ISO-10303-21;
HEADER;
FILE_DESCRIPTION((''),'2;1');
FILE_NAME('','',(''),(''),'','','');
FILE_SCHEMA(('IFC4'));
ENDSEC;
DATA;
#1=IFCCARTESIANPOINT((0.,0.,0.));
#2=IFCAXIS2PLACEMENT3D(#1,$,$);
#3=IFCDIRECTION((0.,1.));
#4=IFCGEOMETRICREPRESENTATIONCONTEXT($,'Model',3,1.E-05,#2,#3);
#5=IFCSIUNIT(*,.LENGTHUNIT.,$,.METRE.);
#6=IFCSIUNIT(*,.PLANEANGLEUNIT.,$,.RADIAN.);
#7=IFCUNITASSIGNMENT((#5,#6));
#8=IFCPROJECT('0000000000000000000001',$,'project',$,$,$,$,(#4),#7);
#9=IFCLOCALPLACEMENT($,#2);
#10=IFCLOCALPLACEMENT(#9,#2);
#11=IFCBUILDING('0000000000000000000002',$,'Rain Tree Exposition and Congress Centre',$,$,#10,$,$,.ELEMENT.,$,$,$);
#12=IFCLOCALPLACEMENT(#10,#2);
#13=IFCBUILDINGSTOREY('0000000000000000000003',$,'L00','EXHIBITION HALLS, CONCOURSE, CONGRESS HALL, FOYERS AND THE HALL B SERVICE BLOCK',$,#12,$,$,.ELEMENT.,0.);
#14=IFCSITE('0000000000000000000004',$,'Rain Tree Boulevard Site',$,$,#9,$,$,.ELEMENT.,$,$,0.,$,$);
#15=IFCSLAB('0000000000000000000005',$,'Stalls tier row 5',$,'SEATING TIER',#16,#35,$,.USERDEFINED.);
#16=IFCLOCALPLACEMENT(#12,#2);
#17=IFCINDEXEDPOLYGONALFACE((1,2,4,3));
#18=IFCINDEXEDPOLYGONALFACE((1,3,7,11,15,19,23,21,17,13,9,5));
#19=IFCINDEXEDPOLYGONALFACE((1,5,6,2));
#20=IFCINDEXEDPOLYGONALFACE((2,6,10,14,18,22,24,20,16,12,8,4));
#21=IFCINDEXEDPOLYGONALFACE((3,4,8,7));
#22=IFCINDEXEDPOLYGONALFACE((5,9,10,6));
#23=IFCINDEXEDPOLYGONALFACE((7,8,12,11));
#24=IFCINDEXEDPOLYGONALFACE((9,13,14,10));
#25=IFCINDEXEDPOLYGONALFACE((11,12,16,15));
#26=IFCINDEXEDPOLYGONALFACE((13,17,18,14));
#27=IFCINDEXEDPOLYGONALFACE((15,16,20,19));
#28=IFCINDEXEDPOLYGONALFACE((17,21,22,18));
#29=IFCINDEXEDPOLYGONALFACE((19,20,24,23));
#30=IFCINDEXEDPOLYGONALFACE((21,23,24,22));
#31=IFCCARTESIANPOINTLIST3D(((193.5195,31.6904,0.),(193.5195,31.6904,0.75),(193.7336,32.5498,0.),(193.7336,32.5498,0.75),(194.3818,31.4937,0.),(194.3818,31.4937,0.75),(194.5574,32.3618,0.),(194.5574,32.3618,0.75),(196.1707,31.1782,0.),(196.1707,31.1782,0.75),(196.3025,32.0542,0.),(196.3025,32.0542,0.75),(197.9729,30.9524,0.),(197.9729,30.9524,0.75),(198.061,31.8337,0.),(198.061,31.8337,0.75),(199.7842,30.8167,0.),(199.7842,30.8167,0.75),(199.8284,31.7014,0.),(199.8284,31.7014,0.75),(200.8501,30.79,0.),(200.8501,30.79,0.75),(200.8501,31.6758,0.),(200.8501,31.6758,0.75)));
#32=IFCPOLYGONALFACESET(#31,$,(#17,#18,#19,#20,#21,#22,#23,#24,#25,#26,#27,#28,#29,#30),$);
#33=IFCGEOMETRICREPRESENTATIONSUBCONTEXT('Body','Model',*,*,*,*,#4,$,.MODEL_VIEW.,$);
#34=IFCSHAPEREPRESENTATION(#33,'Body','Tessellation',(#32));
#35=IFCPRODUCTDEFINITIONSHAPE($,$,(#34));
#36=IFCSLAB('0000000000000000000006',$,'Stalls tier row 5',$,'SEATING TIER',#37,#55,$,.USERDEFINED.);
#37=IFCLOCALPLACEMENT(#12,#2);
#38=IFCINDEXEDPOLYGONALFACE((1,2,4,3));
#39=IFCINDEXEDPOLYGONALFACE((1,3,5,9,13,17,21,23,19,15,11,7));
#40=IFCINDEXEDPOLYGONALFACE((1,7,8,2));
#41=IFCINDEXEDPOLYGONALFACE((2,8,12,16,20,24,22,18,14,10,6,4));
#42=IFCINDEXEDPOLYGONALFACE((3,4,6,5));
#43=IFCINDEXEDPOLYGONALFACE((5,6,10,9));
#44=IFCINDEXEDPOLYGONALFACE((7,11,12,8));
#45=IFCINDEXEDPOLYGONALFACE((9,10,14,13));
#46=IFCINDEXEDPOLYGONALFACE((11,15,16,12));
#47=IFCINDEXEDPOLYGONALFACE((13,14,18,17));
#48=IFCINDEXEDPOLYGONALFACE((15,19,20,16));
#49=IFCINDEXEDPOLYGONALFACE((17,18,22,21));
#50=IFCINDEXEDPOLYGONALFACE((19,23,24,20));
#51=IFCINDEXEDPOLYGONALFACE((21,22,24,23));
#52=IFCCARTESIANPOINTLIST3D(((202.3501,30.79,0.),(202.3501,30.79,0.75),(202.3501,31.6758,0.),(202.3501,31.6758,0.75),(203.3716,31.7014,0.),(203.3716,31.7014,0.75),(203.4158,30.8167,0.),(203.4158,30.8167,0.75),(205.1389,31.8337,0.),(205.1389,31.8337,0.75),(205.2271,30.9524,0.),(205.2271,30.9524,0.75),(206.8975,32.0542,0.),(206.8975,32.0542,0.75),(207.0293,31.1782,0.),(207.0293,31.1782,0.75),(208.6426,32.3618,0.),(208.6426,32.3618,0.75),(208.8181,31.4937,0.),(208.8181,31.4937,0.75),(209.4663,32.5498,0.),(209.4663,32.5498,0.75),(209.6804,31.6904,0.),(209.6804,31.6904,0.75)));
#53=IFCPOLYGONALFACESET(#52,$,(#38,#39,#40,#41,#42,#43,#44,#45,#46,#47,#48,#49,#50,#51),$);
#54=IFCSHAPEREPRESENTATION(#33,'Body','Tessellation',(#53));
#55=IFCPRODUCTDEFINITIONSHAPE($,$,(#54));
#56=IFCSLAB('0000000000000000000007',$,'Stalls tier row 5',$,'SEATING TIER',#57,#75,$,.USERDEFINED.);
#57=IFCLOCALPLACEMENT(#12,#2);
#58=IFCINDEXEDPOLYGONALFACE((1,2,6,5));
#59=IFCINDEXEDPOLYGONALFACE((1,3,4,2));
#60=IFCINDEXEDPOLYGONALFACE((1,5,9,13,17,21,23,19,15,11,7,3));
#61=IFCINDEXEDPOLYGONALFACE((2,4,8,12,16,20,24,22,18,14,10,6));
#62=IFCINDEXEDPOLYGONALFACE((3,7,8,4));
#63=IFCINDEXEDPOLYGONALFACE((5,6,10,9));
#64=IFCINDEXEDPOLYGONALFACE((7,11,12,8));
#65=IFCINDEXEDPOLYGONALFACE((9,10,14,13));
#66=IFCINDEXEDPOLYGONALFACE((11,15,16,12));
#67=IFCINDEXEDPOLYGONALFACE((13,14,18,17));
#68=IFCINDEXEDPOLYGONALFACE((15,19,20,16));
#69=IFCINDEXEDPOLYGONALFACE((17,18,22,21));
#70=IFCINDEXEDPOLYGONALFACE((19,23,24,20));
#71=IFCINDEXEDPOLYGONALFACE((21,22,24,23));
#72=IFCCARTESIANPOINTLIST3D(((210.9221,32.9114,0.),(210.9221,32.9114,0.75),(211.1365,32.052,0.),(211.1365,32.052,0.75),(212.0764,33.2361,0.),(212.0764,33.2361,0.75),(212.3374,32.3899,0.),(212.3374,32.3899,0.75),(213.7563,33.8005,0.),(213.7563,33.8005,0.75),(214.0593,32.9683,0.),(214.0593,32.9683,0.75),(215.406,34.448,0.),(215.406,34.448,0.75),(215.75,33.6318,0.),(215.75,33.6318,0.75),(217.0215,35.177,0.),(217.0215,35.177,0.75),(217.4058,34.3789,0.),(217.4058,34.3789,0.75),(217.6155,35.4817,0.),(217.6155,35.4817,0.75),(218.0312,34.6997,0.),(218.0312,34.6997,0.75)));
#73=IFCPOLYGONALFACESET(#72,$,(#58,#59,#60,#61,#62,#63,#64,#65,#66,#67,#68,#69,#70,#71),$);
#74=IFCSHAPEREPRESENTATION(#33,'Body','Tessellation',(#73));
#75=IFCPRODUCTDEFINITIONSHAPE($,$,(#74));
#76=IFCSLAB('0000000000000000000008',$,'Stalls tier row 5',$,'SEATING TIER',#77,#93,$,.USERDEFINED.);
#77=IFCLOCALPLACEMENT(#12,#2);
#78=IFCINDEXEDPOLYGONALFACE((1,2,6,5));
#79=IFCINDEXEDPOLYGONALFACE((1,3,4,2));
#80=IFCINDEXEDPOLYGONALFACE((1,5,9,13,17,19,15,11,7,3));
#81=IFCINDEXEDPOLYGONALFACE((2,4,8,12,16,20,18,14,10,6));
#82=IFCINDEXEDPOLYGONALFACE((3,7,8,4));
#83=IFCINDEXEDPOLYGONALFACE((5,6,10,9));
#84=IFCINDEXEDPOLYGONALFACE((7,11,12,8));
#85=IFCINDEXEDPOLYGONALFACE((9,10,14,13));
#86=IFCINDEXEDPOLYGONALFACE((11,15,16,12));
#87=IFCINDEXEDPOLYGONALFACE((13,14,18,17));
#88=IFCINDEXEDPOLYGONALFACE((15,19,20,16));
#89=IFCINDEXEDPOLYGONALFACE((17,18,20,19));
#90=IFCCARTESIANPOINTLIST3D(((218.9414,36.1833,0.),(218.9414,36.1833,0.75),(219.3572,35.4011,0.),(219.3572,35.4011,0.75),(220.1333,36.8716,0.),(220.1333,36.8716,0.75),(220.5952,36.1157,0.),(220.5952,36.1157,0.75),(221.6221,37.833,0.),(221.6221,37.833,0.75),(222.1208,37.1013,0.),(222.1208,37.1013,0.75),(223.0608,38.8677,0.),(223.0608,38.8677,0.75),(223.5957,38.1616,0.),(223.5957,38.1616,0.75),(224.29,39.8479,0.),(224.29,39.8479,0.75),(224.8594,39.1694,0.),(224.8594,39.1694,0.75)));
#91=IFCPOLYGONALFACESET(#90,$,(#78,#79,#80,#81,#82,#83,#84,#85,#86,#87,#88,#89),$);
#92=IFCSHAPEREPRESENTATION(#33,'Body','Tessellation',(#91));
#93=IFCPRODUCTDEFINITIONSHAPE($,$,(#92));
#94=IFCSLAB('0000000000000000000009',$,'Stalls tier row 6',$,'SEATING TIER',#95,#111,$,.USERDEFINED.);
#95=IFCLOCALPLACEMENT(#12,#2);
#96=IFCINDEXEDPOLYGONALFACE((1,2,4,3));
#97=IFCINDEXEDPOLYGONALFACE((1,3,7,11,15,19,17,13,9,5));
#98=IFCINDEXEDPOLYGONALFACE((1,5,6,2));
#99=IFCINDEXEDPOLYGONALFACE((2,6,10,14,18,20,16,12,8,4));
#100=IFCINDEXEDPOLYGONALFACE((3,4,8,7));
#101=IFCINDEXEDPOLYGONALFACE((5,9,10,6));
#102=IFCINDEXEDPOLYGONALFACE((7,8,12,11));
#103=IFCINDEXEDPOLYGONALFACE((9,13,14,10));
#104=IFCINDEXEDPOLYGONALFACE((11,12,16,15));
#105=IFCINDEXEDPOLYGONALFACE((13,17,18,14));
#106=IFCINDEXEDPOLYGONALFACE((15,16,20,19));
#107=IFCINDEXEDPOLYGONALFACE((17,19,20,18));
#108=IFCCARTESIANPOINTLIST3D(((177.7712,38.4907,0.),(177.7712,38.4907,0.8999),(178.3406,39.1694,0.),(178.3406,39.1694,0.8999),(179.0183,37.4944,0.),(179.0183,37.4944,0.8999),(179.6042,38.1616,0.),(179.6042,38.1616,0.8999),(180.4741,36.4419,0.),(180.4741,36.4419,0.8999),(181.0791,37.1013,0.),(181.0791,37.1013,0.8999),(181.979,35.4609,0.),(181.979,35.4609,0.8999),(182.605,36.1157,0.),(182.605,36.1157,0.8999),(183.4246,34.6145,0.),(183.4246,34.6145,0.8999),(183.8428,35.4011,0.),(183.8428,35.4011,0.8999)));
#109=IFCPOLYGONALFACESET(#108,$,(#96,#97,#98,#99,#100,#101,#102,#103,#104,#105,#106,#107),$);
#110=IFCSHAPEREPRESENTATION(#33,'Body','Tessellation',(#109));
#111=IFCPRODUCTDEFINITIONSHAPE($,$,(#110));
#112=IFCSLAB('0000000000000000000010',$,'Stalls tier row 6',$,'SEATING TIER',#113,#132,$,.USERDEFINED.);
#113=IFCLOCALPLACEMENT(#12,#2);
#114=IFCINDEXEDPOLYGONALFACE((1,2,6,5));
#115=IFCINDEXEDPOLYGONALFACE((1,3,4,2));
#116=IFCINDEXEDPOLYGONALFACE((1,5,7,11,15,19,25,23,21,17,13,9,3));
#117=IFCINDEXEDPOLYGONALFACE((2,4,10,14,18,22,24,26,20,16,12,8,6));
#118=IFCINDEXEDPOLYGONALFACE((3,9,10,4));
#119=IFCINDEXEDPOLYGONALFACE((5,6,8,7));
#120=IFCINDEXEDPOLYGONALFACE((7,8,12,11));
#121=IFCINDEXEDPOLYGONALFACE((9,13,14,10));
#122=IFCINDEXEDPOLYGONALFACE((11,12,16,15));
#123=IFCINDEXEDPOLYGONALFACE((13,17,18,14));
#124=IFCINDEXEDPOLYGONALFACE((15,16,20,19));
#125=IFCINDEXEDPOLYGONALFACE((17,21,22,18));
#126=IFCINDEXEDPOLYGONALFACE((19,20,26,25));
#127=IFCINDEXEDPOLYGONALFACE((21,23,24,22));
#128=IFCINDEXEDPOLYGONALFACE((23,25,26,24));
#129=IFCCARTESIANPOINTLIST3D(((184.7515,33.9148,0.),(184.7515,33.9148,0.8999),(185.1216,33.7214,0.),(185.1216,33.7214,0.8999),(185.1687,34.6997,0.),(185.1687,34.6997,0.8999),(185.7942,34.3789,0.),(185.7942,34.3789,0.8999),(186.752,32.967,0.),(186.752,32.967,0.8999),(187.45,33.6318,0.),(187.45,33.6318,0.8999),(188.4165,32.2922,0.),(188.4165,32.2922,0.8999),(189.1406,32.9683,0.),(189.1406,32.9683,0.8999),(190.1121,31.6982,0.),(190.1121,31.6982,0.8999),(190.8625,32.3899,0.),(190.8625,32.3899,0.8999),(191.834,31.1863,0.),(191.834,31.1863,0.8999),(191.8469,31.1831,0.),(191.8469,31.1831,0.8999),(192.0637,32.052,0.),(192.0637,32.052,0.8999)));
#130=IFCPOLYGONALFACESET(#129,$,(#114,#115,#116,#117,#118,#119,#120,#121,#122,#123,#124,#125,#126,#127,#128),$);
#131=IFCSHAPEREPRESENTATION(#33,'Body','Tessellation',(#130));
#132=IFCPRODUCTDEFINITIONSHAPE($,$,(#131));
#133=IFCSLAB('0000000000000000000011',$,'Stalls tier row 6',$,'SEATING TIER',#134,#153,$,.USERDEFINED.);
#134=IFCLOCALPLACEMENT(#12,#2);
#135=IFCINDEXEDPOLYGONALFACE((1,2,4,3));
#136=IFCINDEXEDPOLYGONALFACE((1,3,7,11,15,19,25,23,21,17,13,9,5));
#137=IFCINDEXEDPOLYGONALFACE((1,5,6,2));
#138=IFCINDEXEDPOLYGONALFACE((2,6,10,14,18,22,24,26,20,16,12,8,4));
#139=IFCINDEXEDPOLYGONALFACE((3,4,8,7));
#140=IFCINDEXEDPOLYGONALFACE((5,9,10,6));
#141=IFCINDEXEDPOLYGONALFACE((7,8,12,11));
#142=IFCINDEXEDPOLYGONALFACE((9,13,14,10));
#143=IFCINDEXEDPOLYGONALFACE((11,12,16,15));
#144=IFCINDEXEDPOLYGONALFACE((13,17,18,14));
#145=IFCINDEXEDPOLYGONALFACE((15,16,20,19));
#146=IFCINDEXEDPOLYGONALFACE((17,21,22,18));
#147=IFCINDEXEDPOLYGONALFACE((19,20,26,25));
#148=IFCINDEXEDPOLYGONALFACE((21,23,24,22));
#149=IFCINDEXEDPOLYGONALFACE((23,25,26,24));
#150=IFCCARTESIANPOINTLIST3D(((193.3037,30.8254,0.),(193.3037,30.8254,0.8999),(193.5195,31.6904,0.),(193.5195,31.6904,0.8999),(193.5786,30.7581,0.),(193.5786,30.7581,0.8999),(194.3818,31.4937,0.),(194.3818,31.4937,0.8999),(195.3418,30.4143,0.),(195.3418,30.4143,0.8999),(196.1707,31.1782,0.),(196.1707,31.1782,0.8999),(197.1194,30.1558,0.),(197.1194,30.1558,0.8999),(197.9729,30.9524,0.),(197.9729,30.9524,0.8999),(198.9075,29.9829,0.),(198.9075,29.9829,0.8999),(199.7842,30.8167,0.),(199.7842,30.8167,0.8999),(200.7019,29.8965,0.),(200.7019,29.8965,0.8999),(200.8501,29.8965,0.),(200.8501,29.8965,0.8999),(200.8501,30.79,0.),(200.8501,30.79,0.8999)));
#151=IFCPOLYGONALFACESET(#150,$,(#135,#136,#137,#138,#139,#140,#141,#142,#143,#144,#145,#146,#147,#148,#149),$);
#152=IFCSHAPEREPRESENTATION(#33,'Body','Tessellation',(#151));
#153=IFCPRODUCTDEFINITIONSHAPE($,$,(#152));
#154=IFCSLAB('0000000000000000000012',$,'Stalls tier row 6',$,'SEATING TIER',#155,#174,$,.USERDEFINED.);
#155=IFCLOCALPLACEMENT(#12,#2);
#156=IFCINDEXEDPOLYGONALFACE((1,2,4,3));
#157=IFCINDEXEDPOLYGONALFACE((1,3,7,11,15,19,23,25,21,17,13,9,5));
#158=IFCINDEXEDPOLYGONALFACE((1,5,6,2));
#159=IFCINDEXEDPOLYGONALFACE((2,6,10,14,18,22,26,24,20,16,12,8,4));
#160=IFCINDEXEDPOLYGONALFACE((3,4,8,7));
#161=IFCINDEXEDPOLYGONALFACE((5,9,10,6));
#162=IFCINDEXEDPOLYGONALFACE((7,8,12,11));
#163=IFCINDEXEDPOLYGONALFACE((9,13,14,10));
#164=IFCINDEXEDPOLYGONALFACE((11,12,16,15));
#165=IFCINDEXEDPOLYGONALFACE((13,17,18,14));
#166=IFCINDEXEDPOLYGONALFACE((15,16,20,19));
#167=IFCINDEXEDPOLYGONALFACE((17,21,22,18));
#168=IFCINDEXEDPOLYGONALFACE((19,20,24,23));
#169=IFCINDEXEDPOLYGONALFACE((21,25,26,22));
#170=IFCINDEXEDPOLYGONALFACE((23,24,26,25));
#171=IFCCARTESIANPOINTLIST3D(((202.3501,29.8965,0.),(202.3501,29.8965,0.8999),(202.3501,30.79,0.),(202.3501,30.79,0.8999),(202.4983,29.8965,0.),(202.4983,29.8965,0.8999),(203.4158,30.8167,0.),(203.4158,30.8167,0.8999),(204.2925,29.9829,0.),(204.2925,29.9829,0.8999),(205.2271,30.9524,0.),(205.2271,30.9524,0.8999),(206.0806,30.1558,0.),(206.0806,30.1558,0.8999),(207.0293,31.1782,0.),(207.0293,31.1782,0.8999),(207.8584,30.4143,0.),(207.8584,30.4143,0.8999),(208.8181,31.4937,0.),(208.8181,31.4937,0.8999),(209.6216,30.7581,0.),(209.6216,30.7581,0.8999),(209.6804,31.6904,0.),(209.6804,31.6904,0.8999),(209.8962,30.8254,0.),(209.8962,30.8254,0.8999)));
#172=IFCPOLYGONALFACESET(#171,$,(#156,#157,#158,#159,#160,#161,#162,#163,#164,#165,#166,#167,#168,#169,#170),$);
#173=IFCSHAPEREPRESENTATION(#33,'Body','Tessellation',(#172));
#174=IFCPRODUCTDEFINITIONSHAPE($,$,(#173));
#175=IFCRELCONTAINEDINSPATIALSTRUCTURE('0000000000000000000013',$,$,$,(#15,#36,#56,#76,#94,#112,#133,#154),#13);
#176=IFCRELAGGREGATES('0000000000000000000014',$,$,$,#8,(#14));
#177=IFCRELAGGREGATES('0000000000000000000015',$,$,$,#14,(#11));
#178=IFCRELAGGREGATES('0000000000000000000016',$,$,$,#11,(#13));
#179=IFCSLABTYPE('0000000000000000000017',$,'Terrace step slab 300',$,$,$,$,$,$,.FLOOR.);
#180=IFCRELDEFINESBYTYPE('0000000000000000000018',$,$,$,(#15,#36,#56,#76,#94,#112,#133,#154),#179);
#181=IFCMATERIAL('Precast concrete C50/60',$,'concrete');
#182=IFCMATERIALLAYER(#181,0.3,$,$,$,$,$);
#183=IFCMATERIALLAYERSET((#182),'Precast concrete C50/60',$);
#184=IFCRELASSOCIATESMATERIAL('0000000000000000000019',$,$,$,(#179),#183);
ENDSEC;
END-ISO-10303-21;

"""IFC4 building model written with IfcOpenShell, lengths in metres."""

from ifc_helpers import new_model, si_unit, direction, origin, place, context, subcontext, project, spatial, polyline, outline, extrude, material, layer, layer_set, type_object, element, save


model = new_model("IFC4")

# Units and contexts
model_context = context("Model", 3, precision=1e-05, world=origin(), true_north=direction((0.0, 1.0)))
body_context = subcontext(model_context, "Body", "Model", "MODEL_VIEW")
ifc_project = project(units=[si_unit("LENGTHUNIT", "METRE"), si_unit("PLANEANGLEUNIT", "RADIAN")], contexts=[model_context])

# Site, building, storey
site_placement = place(None, origin())
site = spatial("IfcSite", under=ifc_project, at=site_placement, Name="Rain Tree Boulevard Site", CompositionType="ELEMENT", RefElevation=0.0)
building_placement = place(site_placement, origin())
building = spatial("IfcBuilding", under=site, at=building_placement, Name="Rain Tree Exposition and Congress Centre", CompositionType="ELEMENT")
storey_placement = place(building_placement, origin())
storey = spatial("IfcBuildingStorey", under=building, at=storey_placement, Name="L00", Description="EXHIBITION HALLS, CONCOURSE, CONGRESS HALL, FOYERS AND THE HALL B SERVICE BLOCK", CompositionType="ELEMENT", Elevation=0.0)

# Slabs
ifc_material = material(Name="Precast concrete C50/60", Category="concrete")
ifc_layer = layer(ifc_material, 0.3)
ifc_layer_set = layer_set([ifc_layer], Name="Precast concrete C50/60")
slab_type = type_object("IfcSlabType", Name="Terrace step slab 300", PredefinedType="FLOOR", material=ifc_layer_set)
slab_1_placement = place(storey_placement, origin())
element("IfcSlab", 1, at=slab_1_placement, inside=storey, type_object=slab_type, Name="Stalls tier row 5", ObjectType="SEATING TIER", PredefinedType="USERDEFINED", context=body_context, shape_type="SweptSolid", body=[
    extrude(outline(polyline([(199.7842, 30.8167), (200.8501, 30.79), (200.8501, 31.6758), (199.8284, 31.7014), (198.061, 31.8337), (196.3025, 32.0542), (194.5574, 32.3618), (193.7336, 32.5498), (193.5195, 31.6904), (194.3818, 31.4937), (196.1707, 31.1782), (197.9729, 30.9524), (199.7842, 30.8167)])), origin(), (0.0, 0.0, 1.0), 0.75),
])
slab_2_placement = place(storey_placement, origin())
element("IfcSlab", 2, at=slab_2_placement, inside=storey, type_object=slab_type, Name="Stalls tier row 5", ObjectType="SEATING TIER", PredefinedType="USERDEFINED", context=body_context, shape_type="SweptSolid", body=[
    extrude(outline(polyline([(208.8181, 31.4937), (209.6804, 31.6904), (209.4663, 32.5498), (208.6426, 32.3618), (206.8975, 32.0542), (205.1389, 31.8337), (203.3716, 31.7014), (202.3501, 31.6758), (202.3501, 30.79), (203.4158, 30.8167), (205.2271, 30.9524), (207.0293, 31.1782), (208.8181, 31.4937)])), origin(), (0.0, 0.0, 1.0), 0.75),
])
slab_3_placement = place(storey_placement, origin())
element("IfcSlab", 3, at=slab_3_placement, inside=storey, type_object=slab_type, Name="Stalls tier row 5", ObjectType="SEATING TIER", PredefinedType="USERDEFINED", context=body_context, shape_type="SweptSolid", body=[
    extrude(outline(polyline([(217.4058, 34.3789), (218.0312, 34.6997), (217.6155, 35.4817), (217.0215, 35.177), (215.406, 34.448), (213.7563, 33.8005), (212.0764, 33.2361), (210.9221, 32.9114), (211.1365, 32.052), (212.3374, 32.3899), (214.0593, 32.9683), (215.75, 33.6318), (217.4058, 34.3789)])), origin(), (0.0, 0.0, 1.0), 0.75),
])
slab_4_placement = place(storey_placement, origin())
element("IfcSlab", 4, at=slab_4_placement, inside=storey, type_object=slab_type, Name="Stalls tier row 5", ObjectType="SEATING TIER", PredefinedType="USERDEFINED", context=body_context, shape_type="SweptSolid", body=[
    extrude(outline(polyline([(222.1208, 37.1013), (223.5957, 38.1616), (224.8594, 39.1694), (224.29, 39.8479), (223.0608, 38.8677), (221.6221, 37.833), (220.1333, 36.8716), (218.9414, 36.1833), (219.3572, 35.4011), (220.5952, 36.1157), (222.1208, 37.1013)])), origin(), (0.0, 0.0, 1.0), 0.75),
])
slab_5_placement = place(storey_placement, origin())
element("IfcSlab", 5, at=slab_5_placement, inside=storey, type_object=slab_type, Name="Stalls tier row 6", ObjectType="SEATING TIER", PredefinedType="USERDEFINED", context=body_context, shape_type="SweptSolid", body=[
    extrude(outline(polyline([(181.979, 35.4609), (183.4246, 34.6145), (183.8428, 35.4011), (182.605, 36.1157), (181.0791, 37.1013), (179.6042, 38.1616), (178.3406, 39.1694), (177.7712, 38.4907), (179.0183, 37.4944), (180.4741, 36.4419), (181.979, 35.4609)])), origin(), (0.0, 0.0, 1.0), 0.8999),
])
slab_6_placement = place(storey_placement, origin())
element("IfcSlab", 6, at=slab_6_placement, inside=storey, type_object=slab_type, Name="Stalls tier row 6", ObjectType="SEATING TIER", PredefinedType="USERDEFINED", context=body_context, shape_type="SweptSolid", body=[
    extrude(outline(polyline([(191.834, 31.1863), (191.8469, 31.1831), (192.0637, 32.052), (190.8625, 32.3899), (189.1406, 32.9683), (187.45, 33.6318), (185.7942, 34.3789), (185.1687, 34.6997), (184.7515, 33.9148), (185.1216, 33.7214), (186.752, 32.967), (188.4165, 32.2922), (190.1121, 31.6982), (191.834, 31.1863)])), origin(), (0.0, 0.0, 1.0), 0.8999),
])
slab_7_placement = place(storey_placement, origin())
element("IfcSlab", 7, at=slab_7_placement, inside=storey, type_object=slab_type, Name="Stalls tier row 6", ObjectType="SEATING TIER", PredefinedType="USERDEFINED", context=body_context, shape_type="SweptSolid", body=[
    extrude(outline(polyline([(200.7019, 29.8965), (200.8501, 29.8965), (200.8501, 30.79), (199.7842, 30.8167), (197.9729, 30.9524), (196.1707, 31.1782), (194.3818, 31.4937), (193.5195, 31.6904), (193.3037, 30.8254), (193.5786, 30.7581), (195.3418, 30.4143), (197.1194, 30.1558), (198.9075, 29.9829), (200.7019, 29.8965)])), origin(), (0.0, 0.0, 1.0), 0.8999),
])
slab_8_placement = place(storey_placement, origin())
element("IfcSlab", 8, at=slab_8_placement, inside=storey, type_object=slab_type, Name="Stalls tier row 6", ObjectType="SEATING TIER", PredefinedType="USERDEFINED", context=body_context, shape_type="SweptSolid", body=[
    extrude(outline(polyline([(209.6216, 30.7581), (209.8962, 30.8254), (209.6804, 31.6904), (208.8181, 31.4937), (207.0293, 31.1782), (205.2271, 30.9524), (203.4158, 30.8167), (202.3501, 30.79), (202.3501, 29.8965), (202.4983, 29.8965), (204.2925, 29.9829), (206.0806, 30.1558), (207.8584, 30.4143), (209.6216, 30.7581)])), origin(), (0.0, 0.0, 1.0), 0.8999),
])

save(model, "model.ifc")
